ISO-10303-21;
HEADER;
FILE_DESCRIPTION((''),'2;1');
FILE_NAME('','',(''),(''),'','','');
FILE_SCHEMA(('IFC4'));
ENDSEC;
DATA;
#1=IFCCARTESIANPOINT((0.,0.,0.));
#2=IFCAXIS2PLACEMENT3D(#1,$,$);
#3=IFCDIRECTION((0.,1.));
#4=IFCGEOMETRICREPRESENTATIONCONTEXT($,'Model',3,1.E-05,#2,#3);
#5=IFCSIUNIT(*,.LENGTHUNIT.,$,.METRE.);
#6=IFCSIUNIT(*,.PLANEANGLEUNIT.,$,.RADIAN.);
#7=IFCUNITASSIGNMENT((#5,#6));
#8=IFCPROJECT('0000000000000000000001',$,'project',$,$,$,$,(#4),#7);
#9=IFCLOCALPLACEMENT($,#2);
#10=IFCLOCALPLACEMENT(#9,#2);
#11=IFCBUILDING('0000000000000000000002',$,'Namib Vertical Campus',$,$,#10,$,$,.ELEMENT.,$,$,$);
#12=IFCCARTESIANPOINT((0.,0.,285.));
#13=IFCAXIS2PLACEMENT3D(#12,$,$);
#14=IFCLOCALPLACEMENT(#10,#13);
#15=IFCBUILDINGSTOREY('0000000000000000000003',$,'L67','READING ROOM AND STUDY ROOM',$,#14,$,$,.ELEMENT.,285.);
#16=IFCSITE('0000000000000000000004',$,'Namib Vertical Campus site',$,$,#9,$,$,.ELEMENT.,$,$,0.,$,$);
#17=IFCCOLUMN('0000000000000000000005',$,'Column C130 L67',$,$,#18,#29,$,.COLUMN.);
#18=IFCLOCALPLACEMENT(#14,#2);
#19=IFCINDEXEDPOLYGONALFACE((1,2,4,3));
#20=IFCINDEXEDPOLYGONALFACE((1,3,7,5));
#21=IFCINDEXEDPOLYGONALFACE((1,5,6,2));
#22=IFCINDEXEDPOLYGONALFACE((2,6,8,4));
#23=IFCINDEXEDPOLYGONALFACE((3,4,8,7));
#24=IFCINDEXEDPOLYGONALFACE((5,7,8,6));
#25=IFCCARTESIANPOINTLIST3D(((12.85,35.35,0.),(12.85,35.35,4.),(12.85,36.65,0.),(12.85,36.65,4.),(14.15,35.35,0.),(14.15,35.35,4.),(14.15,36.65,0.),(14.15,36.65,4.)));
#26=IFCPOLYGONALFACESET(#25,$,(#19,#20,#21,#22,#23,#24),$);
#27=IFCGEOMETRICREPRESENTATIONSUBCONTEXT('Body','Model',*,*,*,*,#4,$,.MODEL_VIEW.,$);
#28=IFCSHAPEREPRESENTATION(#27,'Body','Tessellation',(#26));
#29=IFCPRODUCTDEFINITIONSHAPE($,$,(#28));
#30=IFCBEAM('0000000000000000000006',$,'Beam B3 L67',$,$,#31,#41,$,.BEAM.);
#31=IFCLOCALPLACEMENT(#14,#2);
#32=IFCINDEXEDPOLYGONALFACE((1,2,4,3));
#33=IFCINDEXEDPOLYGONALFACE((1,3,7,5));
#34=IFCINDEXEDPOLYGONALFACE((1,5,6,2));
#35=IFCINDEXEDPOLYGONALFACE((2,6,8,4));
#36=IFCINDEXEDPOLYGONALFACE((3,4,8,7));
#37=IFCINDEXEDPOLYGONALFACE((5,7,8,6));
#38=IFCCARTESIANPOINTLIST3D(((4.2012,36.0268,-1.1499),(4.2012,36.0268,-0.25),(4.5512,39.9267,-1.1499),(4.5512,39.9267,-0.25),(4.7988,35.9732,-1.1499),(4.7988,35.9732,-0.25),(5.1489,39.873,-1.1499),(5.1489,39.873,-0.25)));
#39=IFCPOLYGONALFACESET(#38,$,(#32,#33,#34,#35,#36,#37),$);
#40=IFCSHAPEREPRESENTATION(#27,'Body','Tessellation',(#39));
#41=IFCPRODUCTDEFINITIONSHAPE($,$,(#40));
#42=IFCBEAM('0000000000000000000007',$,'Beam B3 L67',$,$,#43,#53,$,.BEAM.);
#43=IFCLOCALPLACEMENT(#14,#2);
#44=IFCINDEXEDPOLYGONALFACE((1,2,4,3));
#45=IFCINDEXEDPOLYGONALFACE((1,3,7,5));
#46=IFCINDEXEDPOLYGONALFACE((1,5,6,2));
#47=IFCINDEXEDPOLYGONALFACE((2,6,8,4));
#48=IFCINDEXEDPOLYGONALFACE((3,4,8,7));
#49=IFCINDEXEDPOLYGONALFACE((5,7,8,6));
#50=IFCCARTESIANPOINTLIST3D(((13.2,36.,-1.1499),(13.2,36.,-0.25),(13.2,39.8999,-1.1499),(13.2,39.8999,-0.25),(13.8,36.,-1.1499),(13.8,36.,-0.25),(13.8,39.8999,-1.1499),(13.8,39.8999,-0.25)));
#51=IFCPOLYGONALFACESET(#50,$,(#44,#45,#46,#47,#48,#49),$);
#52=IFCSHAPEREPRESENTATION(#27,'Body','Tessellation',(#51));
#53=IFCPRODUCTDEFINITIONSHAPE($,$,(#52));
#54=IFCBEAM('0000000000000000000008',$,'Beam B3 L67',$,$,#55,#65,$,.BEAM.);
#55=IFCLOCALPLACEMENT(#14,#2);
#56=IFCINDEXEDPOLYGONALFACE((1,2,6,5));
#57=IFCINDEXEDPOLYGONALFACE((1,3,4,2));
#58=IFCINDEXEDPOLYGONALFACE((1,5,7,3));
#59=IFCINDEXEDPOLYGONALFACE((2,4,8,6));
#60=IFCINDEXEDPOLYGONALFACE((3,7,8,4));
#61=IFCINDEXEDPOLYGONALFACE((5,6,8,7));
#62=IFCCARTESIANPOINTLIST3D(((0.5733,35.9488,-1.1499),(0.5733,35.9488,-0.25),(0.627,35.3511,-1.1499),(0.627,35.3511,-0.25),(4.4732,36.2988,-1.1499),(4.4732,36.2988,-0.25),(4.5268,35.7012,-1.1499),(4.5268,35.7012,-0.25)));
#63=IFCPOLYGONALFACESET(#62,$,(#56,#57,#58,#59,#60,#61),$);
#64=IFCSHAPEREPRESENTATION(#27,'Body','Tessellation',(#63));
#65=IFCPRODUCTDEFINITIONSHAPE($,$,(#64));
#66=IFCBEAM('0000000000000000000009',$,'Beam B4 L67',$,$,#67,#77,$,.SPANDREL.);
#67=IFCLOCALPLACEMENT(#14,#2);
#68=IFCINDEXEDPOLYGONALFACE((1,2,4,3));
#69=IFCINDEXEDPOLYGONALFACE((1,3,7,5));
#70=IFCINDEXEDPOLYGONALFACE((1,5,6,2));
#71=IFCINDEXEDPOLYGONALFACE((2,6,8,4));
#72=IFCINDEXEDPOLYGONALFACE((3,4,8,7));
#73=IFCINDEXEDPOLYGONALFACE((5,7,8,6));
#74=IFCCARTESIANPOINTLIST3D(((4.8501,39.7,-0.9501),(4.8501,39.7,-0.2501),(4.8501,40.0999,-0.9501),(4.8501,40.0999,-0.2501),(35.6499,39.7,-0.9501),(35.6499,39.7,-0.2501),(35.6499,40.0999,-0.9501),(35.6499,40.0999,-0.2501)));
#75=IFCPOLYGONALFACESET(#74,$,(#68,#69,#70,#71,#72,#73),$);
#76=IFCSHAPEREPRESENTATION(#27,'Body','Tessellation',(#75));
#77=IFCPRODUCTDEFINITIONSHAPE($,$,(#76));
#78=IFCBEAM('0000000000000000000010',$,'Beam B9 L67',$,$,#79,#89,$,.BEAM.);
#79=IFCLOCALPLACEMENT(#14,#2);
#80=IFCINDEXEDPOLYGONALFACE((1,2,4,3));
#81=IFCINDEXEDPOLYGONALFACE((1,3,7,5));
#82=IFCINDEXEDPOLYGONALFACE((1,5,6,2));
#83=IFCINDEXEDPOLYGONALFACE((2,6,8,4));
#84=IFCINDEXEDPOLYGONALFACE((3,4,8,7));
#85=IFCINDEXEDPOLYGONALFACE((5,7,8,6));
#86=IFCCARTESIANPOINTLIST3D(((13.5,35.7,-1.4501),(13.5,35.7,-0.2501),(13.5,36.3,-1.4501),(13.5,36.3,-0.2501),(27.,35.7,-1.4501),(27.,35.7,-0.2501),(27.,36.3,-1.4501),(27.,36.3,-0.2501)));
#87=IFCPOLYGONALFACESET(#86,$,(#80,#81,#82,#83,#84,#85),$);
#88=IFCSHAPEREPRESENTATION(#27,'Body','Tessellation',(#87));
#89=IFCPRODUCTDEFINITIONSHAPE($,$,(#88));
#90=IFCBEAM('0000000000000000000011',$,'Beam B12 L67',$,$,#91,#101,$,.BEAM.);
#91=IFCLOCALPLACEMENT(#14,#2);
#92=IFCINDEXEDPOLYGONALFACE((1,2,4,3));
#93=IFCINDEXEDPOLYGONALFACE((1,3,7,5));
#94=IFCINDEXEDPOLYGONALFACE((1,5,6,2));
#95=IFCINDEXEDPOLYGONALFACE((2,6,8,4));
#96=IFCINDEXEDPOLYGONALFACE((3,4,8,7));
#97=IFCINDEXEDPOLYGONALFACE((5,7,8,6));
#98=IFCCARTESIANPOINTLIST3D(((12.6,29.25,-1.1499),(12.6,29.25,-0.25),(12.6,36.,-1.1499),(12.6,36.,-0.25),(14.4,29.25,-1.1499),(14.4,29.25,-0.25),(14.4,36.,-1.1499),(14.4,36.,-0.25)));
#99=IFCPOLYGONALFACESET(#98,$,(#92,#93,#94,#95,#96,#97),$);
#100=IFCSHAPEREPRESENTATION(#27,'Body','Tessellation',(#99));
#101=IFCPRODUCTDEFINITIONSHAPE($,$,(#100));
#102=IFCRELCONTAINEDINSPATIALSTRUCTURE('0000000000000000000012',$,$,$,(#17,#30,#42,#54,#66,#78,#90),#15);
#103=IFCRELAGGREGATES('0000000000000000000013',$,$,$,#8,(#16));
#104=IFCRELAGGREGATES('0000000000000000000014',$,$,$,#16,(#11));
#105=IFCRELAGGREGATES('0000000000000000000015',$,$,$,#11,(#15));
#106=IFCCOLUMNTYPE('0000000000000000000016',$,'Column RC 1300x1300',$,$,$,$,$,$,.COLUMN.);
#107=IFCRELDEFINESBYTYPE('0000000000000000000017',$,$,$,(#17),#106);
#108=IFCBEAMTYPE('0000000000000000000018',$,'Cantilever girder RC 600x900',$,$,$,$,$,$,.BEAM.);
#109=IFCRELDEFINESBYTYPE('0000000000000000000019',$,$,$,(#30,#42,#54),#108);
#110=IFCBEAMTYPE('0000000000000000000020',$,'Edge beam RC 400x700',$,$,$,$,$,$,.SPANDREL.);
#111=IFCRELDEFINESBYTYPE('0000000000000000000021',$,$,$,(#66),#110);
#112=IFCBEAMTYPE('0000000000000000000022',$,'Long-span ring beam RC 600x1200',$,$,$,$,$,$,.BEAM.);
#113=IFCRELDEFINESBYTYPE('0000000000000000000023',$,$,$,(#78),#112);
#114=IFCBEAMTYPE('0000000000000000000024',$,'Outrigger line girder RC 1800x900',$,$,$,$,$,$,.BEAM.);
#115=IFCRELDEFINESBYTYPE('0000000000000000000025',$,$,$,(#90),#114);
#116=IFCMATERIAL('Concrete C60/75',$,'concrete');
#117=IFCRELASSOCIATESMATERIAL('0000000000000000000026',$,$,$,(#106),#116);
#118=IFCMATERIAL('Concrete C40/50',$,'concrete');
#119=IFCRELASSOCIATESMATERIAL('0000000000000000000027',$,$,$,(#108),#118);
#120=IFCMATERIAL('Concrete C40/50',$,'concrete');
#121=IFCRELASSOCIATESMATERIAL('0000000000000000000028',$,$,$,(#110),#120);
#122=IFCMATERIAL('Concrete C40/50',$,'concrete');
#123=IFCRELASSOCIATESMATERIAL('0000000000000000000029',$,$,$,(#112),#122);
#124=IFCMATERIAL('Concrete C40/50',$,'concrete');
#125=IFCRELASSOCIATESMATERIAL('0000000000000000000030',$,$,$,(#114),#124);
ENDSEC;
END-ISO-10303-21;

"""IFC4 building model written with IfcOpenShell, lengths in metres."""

from ifc_helpers import new_model, si_unit, direction, frame, origin, origin_2d, place, context, subcontext, project, spatial, rectangle, extrude, material, material_profile, profile_set, type_object, element, save


model = new_model("IFC4")

# Units and contexts
model_context = context("Model", 3, precision=1e-05, world=origin(), true_north=direction((0.0, 1.0)))
body_context = subcontext(model_context, "Body", "Model", "MODEL_VIEW")
ifc_project = project(units=[si_unit("LENGTHUNIT", "METRE"), si_unit("PLANEANGLEUNIT", "RADIAN")], contexts=[model_context])

# Site, building, storey
site_placement = place(None, origin())
site = spatial("IfcSite", under=ifc_project, at=site_placement, Name="Namib Vertical Campus site", CompositionType="ELEMENT", RefElevation=0.0)
building_placement = place(site_placement, origin())
building = spatial("IfcBuilding", under=site, at=building_placement, Name="Namib Vertical Campus", CompositionType="ELEMENT")
storey_placement = place(building_placement, frame((0.0, 0.0, 285.0)))
storey = spatial("IfcBuildingStorey", under=building, at=storey_placement, Name="L67", Description="READING ROOM AND STUDY ROOM", CompositionType="ELEMENT", Elevation=285.0)

# Column
ifc_material_1 = material(Name="Concrete C60/75", Category="concrete")
ifc_material_profile_1 = material_profile(ifc_material_1, rectangle(XDim=1.3, YDim=1.3, at=origin_2d()))
ifc_profile_set_1 = profile_set([ifc_material_profile_1], Name="Concrete C60/75")
column_type = type_object("IfcColumnType", Name="Column RC 1300x1300", PredefinedType="COLUMN", material=ifc_profile_set_1)
column_placement = place(storey_placement, frame((13.5, 36.0, 0.0), z_axis=(0.0, 0.0, 1.0), x_axis=(1.0, 0.0, 0.0)))
element("IfcColumn", 1, at=column_placement, inside=storey, type_object=column_type, Name="Column C130 L67", PredefinedType="COLUMN", context=body_context, shape_type="SweptSolid", body=[
    extrude(rectangle(XDim=1.3, YDim=1.3, at=origin_2d()), origin(), (0.0, 0.0, 1.0), 4.0),
])

# Beams
ifc_material_2 = material(Name="Concrete C40/50", Category="concrete")
ifc_material_profile_2 = material_profile(ifc_material_2, rectangle(XDim=0.6001, YDim=0.8999, at=origin_2d()))
ifc_profile_set_2 = profile_set([ifc_material_profile_2], Name="Concrete C40/50")
beam_type_1 = type_object("IfcBeamType", Name="Cantilever girder RC 600x900", PredefinedType="BEAM", material=ifc_profile_set_2)
beam_1_placement = place(storey_placement, frame((4.5, 36.0, -0.7), z_axis=(0.089411, 0.995995, 0.0), x_axis=(-0.995995, 0.089411, 0.0)))
element("IfcBeam", 2, at=beam_1_placement, inside=storey, type_object=beam_type_1, Name="Beam B3 L67", PredefinedType="BEAM", context=body_context, shape_type="SweptSolid", body=[
    extrude(rectangle(XDim=0.6001, YDim=0.8999, at=origin_2d()), origin(), (0.0, 0.0, 1.0), 3.9155),
])
beam_2_placement = place(storey_placement, frame((13.5, 36.0, -0.7), z_axis=(0.0, 1.0, 0.0), x_axis=(-1.0, 0.0, 0.0)))
element("IfcBeam", 3, at=beam_2_placement, inside=storey, type_object=beam_type_1, Name="Beam B3 L67", PredefinedType="BEAM", context=body_context, shape_type="SweptSolid", body=[
    extrude(rectangle(XDim=0.6001, YDim=0.8999, at=origin_2d()), origin(), (0.0, 0.0, 1.0), 3.8999),
])
beam_3_placement = place(storey_placement, frame((4.5, 36.0, -0.7), z_axis=(-0.995995, -0.089411, 0.0), x_axis=(0.089411, -0.995995, 0.0)))
element("IfcBeam", 4, at=beam_3_placement, inside=storey, type_object=beam_type_1, Name="Beam B3 L67", PredefinedType="BEAM", context=body_context, shape_type="SweptSolid", body=[
    extrude(rectangle(XDim=0.6001, YDim=0.8999, at=origin_2d()), origin(), (0.0, 0.0, 1.0), 3.9155),
])
ifc_material_3 = material(Name="Concrete C40/50", Category="concrete")
ifc_material_profile_3 = material_profile(ifc_material_3, rectangle(XDim=0.3999, YDim=0.7, at=origin_2d()))
ifc_profile_set_3 = profile_set([ifc_material_profile_3], Name="Concrete C40/50")
beam_type_2 = type_object("IfcBeamType", Name="Edge beam RC 400x700", PredefinedType="SPANDREL", material=ifc_profile_set_3)
beam_4_placement = place(storey_placement, frame((4.8501, 39.8999, -0.6001), z_axis=(1.0, 0.0, 0.0), x_axis=(0.0, 1.0, 0.0)))
element("IfcBeam", 5, at=beam_4_placement, inside=storey, type_object=beam_type_2, Name="Beam B4 L67", PredefinedType="SPANDREL", context=body_context, shape_type="SweptSolid", body=[
    extrude(rectangle(XDim=0.3999, YDim=0.7, at=origin_2d()), origin(), (0.0, 0.0, 1.0), 30.7998),
])
ifc_material_4 = material(Name="Concrete C40/50", Category="concrete")
ifc_material_profile_4 = material_profile(ifc_material_4, rectangle(XDim=0.6001, YDim=1.2, at=origin_2d()))
ifc_profile_set_4 = profile_set([ifc_material_profile_4], Name="Concrete C40/50")
beam_type_3 = type_object("IfcBeamType", Name="Long-span ring beam RC 600x1200", PredefinedType="BEAM", material=ifc_profile_set_4)
beam_5_placement = place(storey_placement, frame((13.5, 36.0, -0.8501), z_axis=(1.0, 0.0, 0.0), x_axis=(0.0, 1.0, 0.0)))
element("IfcBeam", 6, at=beam_5_placement, inside=storey, type_object=beam_type_3, Name="Beam B9 L67", PredefinedType="BEAM", context=body_context, shape_type="SweptSolid", body=[
    extrude(rectangle(XDim=0.6001, YDim=1.2, at=origin_2d()), origin(), (0.0, 0.0, 1.0), 13.5),
])
ifc_material_5 = material(Name="Concrete C40/50", Category="concrete")
ifc_material_profile_5 = material_profile(ifc_material_5, rectangle(XDim=1.8, YDim=0.8999, at=origin_2d()))
ifc_profile_set_5 = profile_set([ifc_material_profile_5], Name="Concrete C40/50")
beam_type_4 = type_object("IfcBeamType", Name="Outrigger line girder RC 1800x900", PredefinedType="BEAM", material=ifc_profile_set_5)
beam_6_placement = place(storey_placement, frame((13.5, 36.0, -0.7), z_axis=(0.0, -1.0, 0.0), x_axis=(1.0, 0.0, 0.0)))
element("IfcBeam", 7, at=beam_6_placement, inside=storey, type_object=beam_type_4, Name="Beam B12 L67", PredefinedType="BEAM", context=body_context, shape_type="SweptSolid", body=[
    extrude(rectangle(XDim=1.8, YDim=0.8999, at=origin_2d()), origin(), (0.0, 0.0, 1.0), 6.75),
])

save(model, "model.ifc")
